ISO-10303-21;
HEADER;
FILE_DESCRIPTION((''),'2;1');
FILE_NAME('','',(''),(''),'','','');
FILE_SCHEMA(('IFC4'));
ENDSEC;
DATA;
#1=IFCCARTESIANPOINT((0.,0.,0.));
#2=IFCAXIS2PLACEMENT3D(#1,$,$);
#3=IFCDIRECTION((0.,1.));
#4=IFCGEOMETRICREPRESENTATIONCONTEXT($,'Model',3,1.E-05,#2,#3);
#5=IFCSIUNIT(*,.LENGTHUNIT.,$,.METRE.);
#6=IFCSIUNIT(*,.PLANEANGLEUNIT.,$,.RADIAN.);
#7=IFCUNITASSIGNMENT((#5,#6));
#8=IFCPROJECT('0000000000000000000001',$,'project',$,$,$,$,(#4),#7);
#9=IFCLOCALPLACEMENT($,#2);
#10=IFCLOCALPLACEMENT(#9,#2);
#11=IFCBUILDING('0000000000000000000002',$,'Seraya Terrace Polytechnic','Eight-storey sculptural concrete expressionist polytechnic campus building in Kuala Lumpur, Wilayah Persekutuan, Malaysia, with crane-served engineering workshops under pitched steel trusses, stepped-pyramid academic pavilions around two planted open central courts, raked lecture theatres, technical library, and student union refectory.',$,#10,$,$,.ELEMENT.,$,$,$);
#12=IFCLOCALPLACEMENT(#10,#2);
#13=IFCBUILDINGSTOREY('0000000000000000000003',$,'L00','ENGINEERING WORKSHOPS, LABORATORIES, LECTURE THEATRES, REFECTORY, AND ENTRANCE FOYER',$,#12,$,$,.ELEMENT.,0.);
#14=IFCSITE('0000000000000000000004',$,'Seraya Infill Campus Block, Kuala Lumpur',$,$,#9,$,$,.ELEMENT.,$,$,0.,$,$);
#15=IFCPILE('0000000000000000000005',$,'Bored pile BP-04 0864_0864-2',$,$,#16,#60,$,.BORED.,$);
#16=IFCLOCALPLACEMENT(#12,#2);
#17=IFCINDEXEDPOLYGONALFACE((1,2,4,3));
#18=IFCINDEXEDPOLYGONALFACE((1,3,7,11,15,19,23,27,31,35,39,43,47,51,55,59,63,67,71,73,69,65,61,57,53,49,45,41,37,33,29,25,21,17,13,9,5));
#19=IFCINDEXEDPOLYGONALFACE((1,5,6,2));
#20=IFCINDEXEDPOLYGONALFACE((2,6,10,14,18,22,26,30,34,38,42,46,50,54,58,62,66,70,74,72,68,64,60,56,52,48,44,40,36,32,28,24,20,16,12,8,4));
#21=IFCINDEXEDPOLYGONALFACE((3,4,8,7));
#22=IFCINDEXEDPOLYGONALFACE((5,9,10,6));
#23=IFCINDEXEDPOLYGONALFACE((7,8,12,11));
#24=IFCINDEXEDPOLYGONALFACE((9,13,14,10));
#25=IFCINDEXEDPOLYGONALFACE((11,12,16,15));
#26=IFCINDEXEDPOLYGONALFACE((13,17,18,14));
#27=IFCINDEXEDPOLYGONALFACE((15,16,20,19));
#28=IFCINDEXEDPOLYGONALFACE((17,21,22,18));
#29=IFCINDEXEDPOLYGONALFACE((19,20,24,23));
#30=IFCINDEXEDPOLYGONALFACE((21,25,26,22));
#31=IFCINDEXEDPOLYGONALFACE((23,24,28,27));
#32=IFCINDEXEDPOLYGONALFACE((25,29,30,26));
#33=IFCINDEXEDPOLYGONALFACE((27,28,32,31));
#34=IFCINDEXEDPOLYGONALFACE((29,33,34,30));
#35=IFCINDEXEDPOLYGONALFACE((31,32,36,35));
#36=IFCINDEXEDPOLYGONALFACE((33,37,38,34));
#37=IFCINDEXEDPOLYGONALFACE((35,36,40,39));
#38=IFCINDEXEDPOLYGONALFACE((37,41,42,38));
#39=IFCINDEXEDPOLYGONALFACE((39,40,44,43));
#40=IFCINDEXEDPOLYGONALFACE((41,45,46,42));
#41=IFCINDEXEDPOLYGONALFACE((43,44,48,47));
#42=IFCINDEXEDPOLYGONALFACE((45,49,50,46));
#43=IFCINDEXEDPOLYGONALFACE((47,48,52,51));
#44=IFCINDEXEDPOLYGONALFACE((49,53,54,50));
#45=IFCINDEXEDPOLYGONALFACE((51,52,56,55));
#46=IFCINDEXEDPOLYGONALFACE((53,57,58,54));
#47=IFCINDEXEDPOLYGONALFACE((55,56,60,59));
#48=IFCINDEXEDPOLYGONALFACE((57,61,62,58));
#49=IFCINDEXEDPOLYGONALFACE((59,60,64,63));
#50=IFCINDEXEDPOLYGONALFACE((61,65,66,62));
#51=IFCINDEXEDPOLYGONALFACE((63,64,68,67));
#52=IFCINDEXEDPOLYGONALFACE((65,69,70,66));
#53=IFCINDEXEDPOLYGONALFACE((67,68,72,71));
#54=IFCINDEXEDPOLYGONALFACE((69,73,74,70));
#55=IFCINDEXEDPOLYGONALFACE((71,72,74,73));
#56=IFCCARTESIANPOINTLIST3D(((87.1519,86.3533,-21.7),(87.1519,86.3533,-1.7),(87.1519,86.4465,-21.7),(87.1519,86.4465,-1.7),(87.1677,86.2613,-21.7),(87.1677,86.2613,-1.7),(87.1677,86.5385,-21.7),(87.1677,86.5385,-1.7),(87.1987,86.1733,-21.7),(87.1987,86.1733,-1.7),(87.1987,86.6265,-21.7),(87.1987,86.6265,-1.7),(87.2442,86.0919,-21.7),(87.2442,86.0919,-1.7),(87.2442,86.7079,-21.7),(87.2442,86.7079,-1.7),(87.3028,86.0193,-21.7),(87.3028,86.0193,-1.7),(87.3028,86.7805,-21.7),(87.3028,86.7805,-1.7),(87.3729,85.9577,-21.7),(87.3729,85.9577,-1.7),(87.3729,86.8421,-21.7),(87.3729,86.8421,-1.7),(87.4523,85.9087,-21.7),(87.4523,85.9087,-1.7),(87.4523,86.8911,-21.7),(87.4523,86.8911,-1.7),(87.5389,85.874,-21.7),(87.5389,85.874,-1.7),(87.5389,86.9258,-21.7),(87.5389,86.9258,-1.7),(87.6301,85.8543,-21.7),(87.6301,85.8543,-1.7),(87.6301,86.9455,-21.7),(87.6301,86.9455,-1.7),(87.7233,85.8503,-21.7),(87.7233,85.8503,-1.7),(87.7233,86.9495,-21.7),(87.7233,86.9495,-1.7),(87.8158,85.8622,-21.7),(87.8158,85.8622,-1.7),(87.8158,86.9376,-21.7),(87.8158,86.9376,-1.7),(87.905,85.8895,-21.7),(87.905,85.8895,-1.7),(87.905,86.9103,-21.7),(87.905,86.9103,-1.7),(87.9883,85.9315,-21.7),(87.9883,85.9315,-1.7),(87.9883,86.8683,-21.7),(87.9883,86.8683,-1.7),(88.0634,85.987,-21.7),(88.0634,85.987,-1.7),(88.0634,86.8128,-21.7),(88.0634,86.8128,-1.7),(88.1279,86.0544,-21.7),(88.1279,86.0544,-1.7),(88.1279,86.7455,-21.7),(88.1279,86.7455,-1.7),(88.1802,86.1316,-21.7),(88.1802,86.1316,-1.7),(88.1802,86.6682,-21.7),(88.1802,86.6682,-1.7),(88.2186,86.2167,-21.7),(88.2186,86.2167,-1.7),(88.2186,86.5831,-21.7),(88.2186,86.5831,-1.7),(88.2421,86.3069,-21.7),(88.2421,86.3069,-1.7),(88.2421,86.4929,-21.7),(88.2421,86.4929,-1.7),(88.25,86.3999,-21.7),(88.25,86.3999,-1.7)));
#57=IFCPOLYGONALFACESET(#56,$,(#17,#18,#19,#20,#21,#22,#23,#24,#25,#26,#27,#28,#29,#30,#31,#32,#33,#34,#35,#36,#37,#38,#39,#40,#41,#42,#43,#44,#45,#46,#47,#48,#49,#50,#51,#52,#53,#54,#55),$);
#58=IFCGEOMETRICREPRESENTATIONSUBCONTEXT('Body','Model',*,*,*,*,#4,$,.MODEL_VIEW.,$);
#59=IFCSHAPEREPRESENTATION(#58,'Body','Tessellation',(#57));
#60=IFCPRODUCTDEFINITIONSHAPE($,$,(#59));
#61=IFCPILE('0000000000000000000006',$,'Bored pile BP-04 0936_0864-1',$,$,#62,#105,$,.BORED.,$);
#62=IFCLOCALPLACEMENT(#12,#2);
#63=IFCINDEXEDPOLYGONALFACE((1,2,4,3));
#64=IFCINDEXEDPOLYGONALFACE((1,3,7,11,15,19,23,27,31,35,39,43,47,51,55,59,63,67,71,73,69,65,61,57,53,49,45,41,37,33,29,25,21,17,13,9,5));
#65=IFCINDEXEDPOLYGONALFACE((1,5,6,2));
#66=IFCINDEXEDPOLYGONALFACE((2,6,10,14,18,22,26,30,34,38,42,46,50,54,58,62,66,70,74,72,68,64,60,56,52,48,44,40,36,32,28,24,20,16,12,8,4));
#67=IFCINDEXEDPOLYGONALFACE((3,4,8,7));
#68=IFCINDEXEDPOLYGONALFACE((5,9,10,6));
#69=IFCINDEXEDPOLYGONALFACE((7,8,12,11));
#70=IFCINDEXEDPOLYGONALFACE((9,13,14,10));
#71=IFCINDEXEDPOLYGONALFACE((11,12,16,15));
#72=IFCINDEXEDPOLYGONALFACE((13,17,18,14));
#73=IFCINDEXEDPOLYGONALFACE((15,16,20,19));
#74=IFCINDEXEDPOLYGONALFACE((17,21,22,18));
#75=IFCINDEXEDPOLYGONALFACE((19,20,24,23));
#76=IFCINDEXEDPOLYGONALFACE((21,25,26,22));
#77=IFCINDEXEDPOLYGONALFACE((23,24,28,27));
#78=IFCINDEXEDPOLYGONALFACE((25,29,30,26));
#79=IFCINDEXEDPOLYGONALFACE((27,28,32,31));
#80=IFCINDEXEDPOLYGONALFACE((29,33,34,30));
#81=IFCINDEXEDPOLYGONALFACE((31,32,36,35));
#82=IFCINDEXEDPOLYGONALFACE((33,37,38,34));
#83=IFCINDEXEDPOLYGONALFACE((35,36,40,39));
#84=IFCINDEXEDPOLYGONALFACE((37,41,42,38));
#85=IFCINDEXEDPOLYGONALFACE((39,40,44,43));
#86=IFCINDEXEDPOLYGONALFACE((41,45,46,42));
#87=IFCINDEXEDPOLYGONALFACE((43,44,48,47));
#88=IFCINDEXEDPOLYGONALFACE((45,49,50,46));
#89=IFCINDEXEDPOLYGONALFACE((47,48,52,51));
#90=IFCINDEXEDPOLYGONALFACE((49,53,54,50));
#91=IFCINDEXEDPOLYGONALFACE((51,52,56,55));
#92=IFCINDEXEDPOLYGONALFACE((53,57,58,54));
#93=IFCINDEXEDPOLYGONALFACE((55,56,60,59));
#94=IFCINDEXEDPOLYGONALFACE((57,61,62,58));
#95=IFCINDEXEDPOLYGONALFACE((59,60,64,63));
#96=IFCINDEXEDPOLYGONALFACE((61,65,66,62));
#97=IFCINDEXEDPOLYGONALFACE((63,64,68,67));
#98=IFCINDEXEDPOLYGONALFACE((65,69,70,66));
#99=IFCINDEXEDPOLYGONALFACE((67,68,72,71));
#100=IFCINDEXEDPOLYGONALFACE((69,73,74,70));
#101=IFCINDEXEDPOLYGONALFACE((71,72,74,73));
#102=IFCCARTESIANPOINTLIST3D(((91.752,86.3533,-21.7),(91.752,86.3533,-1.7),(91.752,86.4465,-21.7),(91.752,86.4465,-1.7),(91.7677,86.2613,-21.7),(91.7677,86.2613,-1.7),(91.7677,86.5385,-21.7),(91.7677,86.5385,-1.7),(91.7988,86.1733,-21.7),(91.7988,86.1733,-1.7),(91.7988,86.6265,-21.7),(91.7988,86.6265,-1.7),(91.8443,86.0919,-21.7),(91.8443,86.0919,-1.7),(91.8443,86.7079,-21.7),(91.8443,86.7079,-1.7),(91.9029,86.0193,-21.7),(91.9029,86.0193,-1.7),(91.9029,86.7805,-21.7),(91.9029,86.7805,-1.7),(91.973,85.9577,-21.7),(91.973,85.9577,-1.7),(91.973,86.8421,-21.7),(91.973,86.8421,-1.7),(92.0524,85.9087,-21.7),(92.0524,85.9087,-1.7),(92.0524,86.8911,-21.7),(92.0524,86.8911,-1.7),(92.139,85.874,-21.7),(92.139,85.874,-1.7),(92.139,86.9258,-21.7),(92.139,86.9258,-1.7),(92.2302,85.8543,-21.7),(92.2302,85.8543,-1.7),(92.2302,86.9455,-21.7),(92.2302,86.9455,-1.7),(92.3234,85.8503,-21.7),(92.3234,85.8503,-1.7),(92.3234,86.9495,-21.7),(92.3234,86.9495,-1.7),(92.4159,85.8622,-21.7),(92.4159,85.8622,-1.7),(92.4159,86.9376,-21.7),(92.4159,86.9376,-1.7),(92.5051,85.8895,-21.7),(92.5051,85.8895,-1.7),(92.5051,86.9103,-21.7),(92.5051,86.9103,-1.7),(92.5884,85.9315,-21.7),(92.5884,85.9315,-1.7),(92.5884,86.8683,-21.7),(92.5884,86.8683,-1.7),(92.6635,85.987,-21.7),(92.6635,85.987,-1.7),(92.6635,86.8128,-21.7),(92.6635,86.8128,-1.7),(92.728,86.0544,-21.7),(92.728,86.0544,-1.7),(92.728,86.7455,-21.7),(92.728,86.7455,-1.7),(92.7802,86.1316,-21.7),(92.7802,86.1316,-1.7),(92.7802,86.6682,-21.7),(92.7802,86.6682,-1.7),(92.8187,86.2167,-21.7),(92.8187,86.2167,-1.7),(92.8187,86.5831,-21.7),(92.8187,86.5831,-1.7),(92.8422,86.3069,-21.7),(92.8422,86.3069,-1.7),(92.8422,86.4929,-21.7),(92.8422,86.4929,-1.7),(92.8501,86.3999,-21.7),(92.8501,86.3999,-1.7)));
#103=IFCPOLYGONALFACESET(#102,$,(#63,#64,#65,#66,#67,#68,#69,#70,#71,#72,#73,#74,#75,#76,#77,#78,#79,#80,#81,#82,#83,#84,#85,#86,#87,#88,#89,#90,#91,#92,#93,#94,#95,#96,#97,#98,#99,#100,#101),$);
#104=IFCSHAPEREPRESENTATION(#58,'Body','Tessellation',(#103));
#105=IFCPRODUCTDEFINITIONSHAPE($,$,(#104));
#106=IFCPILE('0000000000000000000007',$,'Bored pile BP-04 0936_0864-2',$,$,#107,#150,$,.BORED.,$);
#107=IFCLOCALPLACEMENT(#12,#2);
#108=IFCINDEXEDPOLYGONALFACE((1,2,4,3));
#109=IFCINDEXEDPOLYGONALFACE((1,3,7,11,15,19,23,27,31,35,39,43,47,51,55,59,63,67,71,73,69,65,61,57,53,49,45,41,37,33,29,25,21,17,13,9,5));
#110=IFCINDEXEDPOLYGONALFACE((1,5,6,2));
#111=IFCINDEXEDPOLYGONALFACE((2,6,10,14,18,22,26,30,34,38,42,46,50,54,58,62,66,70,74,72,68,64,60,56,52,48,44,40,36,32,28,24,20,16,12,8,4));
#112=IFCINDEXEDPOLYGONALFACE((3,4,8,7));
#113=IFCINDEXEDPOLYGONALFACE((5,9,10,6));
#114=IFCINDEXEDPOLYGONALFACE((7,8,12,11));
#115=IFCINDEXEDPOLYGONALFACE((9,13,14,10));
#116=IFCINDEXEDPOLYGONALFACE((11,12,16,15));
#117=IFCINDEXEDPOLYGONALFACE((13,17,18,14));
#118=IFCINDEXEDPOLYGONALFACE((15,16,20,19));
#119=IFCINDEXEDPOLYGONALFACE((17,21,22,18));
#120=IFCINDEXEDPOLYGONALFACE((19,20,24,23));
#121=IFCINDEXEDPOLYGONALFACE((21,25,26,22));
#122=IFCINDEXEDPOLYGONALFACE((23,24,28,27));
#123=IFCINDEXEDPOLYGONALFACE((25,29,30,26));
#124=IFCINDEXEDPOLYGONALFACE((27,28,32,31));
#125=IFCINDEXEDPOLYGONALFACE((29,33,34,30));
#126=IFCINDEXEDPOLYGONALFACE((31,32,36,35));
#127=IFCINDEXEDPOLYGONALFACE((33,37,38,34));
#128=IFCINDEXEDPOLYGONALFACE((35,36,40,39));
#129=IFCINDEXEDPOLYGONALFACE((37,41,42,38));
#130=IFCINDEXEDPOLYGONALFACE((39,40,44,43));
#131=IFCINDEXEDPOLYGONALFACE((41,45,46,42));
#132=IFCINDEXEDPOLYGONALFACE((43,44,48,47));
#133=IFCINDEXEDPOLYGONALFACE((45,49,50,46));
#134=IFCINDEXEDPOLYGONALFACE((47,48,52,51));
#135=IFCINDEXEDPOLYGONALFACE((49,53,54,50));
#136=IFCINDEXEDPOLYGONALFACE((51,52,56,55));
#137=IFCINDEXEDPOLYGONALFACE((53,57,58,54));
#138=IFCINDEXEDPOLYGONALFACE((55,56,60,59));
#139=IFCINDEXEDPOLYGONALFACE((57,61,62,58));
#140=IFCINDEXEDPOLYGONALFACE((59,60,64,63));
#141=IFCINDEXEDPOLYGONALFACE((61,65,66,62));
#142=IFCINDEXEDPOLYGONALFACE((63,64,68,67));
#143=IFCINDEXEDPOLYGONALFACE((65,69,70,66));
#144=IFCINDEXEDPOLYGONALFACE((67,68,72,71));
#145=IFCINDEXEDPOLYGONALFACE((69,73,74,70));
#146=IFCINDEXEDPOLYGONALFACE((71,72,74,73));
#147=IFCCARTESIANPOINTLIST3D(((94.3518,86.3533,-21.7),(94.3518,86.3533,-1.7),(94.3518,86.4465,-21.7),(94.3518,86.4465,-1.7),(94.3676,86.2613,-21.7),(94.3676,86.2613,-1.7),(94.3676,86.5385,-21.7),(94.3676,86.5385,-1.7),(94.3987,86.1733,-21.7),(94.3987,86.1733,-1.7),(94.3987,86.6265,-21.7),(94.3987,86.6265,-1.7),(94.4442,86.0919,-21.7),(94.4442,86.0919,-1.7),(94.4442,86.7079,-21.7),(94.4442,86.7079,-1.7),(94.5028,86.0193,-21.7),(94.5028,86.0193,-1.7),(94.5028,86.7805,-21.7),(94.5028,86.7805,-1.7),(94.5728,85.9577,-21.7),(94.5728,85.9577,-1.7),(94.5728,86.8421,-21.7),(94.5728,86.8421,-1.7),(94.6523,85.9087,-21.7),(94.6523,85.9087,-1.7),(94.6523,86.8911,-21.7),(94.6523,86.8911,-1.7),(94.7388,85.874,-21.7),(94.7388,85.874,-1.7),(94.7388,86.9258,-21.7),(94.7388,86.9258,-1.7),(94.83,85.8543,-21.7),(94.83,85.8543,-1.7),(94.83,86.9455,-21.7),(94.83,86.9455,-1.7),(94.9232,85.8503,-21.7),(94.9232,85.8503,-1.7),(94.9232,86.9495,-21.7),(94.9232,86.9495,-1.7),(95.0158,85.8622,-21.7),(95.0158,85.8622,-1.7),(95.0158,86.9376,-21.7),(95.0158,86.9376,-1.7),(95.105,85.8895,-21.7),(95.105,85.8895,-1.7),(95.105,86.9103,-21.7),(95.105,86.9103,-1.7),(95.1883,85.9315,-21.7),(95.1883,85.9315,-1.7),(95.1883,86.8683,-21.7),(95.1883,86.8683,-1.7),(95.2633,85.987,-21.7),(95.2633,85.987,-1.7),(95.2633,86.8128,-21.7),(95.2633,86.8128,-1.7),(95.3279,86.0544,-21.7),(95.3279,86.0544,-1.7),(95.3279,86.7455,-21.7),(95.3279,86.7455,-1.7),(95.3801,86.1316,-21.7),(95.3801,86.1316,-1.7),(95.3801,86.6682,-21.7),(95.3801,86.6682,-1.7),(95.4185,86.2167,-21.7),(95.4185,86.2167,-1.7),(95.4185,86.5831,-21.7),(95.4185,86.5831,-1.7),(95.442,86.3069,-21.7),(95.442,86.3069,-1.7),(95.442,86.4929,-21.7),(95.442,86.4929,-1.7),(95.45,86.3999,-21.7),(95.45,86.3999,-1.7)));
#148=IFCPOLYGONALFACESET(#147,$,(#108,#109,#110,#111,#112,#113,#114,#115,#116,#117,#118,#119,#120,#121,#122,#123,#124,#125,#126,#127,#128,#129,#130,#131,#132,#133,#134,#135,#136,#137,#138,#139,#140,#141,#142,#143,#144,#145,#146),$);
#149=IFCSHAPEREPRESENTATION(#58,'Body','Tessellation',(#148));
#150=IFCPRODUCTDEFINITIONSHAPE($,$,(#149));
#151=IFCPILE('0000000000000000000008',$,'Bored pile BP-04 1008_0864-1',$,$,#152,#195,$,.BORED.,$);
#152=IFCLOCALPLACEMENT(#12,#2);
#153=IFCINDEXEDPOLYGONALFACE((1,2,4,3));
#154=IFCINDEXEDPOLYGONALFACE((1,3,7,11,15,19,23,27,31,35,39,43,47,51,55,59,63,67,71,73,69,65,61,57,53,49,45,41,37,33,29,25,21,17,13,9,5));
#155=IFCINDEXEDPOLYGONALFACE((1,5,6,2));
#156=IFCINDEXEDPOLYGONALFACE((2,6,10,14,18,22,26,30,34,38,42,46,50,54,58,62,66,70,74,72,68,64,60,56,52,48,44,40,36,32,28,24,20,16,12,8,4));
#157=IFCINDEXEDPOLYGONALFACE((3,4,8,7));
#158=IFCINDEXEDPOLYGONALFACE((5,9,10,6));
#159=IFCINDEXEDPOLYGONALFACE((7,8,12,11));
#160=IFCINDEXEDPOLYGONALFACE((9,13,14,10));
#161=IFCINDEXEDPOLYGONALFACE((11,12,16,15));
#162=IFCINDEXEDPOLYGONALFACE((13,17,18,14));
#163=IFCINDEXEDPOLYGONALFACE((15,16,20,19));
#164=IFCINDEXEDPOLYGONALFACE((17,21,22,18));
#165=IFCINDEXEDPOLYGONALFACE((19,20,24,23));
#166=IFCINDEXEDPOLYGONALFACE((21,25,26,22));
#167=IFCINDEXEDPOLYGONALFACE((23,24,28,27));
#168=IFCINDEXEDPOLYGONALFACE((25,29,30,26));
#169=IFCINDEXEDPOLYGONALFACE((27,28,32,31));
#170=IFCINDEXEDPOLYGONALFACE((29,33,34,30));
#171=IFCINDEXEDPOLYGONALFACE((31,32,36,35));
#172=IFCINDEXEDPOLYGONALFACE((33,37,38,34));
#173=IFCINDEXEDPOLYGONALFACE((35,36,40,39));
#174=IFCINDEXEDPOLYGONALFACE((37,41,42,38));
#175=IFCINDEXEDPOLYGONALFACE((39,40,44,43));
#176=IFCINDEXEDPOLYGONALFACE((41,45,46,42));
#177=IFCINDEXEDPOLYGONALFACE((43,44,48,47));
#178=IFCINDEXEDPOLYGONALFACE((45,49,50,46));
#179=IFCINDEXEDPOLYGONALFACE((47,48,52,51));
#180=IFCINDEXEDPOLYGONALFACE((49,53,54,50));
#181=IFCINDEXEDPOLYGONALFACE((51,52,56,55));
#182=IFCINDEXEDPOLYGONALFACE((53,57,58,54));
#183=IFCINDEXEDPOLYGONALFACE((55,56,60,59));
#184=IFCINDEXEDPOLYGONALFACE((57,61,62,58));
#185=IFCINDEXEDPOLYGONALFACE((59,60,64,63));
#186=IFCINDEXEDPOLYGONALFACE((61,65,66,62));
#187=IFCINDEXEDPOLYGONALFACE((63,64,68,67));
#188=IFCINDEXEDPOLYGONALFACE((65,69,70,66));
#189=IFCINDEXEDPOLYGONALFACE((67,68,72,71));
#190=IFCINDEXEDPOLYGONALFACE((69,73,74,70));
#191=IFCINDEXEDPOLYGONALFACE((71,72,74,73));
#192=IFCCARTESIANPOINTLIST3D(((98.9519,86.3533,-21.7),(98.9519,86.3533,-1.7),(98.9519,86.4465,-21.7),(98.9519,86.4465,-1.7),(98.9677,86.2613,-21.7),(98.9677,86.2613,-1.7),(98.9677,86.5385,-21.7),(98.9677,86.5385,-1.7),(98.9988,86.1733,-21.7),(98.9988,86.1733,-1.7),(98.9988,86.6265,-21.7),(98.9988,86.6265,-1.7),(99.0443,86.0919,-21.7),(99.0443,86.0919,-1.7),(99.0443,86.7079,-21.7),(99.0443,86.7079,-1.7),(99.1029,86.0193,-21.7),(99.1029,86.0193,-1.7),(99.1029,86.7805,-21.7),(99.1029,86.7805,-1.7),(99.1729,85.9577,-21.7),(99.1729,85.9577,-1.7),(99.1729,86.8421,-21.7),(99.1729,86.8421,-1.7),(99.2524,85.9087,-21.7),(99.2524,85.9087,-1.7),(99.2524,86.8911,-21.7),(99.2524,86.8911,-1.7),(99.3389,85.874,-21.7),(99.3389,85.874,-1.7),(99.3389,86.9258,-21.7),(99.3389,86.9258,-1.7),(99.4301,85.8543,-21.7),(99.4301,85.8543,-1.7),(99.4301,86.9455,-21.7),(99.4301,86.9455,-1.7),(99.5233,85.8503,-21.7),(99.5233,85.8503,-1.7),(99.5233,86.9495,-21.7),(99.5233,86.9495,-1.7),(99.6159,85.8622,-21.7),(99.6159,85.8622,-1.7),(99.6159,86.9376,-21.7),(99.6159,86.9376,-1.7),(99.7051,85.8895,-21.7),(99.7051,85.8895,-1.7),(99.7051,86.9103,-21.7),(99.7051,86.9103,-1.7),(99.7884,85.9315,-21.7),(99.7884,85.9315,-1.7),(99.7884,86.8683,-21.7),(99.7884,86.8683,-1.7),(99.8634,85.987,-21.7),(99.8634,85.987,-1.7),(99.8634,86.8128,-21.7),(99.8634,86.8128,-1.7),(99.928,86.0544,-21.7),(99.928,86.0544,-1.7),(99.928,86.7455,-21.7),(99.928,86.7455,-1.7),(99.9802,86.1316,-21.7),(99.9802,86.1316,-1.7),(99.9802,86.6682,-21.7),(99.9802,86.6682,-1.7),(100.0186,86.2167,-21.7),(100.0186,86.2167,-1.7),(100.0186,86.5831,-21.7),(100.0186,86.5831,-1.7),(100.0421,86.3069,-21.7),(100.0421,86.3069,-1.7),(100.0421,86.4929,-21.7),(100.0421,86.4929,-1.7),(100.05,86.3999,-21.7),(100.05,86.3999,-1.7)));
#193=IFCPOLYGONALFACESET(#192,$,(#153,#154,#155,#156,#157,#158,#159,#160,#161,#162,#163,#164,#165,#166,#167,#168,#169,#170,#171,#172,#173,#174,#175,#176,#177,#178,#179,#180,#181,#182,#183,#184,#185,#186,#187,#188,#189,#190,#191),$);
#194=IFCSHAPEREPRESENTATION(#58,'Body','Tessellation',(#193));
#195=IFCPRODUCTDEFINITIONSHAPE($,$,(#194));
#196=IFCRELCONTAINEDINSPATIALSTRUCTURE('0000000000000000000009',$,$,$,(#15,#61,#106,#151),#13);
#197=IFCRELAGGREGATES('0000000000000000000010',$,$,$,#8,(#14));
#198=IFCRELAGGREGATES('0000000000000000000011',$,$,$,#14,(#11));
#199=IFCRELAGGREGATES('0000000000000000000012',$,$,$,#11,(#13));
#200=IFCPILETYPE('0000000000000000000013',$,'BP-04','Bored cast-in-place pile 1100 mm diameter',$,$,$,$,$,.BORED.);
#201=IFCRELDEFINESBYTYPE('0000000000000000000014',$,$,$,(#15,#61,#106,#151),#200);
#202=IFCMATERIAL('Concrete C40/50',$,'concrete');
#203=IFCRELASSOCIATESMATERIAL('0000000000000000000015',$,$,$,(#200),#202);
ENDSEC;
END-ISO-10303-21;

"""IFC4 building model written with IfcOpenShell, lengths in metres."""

from ifc_helpers import new_model, si_unit, direction, frame, origin, origin_2d, place, context, subcontext, project, spatial, circle, extrude, material, material_profile, profile_set, type_object, element, save


model = new_model("IFC4")

# Units and contexts
model_context = context("Model", 3, precision=1e-05, world=origin(), true_north=direction((0.0, 1.0)))
body_context = subcontext(model_context, "Body", "Model", "MODEL_VIEW")
ifc_project = project(units=[si_unit("LENGTHUNIT", "METRE"), si_unit("PLANEANGLEUNIT", "RADIAN")], contexts=[model_context])

# Site, building, storey
site_placement = place(None, origin())
site = spatial("IfcSite", under=ifc_project, at=site_placement, Name="Seraya Infill Campus Block, Kuala Lumpur", CompositionType="ELEMENT", RefElevation=0.0)
building_placement = place(site_placement, origin())
building = spatial("IfcBuilding", under=site, at=building_placement, Name="Seraya Terrace Polytechnic", Description="Eight-storey sculptural concrete expressionist polytechnic campus building in Kuala Lumpur, Wilayah Persekutuan, Malaysia, with crane-served engineering workshops under pitched steel trusses, stepped-pyramid academic pavilions around two planted open central courts, raked lecture theatres, technical library, and student union refectory.", CompositionType="ELEMENT")
storey_placement = place(building_placement, origin())
storey = spatial("IfcBuildingStorey", under=building, at=storey_placement, Name="L00", Description="ENGINEERING WORKSHOPS, LABORATORIES, LECTURE THEATRES, REFECTORY, AND ENTRANCE FOYER", CompositionType="ELEMENT", Elevation=0.0)

# Piles
ifc_material_1 = material(Name="Concrete C40/50", Category="concrete")
ifc_material_profile_1 = material_profile(ifc_material_1, circle(Radius=0.55, at=origin_2d()), Name="DIA 1100")
ifc_profile_set_1 = profile_set([ifc_material_profile_1], Name="Concrete C40/50")
pile_type_1 = type_object("IfcPileType", Name="BP-04", Description="Bored cast-in-place pile 1100 mm diameter", PredefinedType="BORED", material=ifc_profile_set_1)
for number, where, z_axis, x_axis, name in (
    (1, (87.7, 86.3999, -1.7), (0.0, 0.0, -1.0), (1.0, 0.0, 0.0), "Bored pile BP-04 0864_0864-2"),
    (2, (92.3, 86.3999, -1.7), (0.0, 0.0, -1.0), (1.0, 0.0, 0.0), "Bored pile BP-04 0936_0864-1"),
    (3, (94.8999, 86.3999, -1.7), (0.0, 0.0, -1.0), (1.0, 0.0, 0.0), "Bored pile BP-04 0936_0864-2"),
    (4, (99.5, 86.3999, -1.7), (0.0, 0.0, -1.0), (1.0, 0.0, 0.0), "Bored pile BP-04 1008_0864-1"),
):
    element("IfcPile", number, at=place(storey_placement, frame(where, z_axis=z_axis, x_axis=x_axis)), inside=storey, type_object=pile_type_1, Name=name, PredefinedType="BORED", context=body_context, shape_type="SweptSolid", body=[
        extrude(circle(Radius=0.55, at=origin_2d()), origin(), (0.0, 0.0, 1.0), 20.0),
    ])

save(model, "model.ifc")
